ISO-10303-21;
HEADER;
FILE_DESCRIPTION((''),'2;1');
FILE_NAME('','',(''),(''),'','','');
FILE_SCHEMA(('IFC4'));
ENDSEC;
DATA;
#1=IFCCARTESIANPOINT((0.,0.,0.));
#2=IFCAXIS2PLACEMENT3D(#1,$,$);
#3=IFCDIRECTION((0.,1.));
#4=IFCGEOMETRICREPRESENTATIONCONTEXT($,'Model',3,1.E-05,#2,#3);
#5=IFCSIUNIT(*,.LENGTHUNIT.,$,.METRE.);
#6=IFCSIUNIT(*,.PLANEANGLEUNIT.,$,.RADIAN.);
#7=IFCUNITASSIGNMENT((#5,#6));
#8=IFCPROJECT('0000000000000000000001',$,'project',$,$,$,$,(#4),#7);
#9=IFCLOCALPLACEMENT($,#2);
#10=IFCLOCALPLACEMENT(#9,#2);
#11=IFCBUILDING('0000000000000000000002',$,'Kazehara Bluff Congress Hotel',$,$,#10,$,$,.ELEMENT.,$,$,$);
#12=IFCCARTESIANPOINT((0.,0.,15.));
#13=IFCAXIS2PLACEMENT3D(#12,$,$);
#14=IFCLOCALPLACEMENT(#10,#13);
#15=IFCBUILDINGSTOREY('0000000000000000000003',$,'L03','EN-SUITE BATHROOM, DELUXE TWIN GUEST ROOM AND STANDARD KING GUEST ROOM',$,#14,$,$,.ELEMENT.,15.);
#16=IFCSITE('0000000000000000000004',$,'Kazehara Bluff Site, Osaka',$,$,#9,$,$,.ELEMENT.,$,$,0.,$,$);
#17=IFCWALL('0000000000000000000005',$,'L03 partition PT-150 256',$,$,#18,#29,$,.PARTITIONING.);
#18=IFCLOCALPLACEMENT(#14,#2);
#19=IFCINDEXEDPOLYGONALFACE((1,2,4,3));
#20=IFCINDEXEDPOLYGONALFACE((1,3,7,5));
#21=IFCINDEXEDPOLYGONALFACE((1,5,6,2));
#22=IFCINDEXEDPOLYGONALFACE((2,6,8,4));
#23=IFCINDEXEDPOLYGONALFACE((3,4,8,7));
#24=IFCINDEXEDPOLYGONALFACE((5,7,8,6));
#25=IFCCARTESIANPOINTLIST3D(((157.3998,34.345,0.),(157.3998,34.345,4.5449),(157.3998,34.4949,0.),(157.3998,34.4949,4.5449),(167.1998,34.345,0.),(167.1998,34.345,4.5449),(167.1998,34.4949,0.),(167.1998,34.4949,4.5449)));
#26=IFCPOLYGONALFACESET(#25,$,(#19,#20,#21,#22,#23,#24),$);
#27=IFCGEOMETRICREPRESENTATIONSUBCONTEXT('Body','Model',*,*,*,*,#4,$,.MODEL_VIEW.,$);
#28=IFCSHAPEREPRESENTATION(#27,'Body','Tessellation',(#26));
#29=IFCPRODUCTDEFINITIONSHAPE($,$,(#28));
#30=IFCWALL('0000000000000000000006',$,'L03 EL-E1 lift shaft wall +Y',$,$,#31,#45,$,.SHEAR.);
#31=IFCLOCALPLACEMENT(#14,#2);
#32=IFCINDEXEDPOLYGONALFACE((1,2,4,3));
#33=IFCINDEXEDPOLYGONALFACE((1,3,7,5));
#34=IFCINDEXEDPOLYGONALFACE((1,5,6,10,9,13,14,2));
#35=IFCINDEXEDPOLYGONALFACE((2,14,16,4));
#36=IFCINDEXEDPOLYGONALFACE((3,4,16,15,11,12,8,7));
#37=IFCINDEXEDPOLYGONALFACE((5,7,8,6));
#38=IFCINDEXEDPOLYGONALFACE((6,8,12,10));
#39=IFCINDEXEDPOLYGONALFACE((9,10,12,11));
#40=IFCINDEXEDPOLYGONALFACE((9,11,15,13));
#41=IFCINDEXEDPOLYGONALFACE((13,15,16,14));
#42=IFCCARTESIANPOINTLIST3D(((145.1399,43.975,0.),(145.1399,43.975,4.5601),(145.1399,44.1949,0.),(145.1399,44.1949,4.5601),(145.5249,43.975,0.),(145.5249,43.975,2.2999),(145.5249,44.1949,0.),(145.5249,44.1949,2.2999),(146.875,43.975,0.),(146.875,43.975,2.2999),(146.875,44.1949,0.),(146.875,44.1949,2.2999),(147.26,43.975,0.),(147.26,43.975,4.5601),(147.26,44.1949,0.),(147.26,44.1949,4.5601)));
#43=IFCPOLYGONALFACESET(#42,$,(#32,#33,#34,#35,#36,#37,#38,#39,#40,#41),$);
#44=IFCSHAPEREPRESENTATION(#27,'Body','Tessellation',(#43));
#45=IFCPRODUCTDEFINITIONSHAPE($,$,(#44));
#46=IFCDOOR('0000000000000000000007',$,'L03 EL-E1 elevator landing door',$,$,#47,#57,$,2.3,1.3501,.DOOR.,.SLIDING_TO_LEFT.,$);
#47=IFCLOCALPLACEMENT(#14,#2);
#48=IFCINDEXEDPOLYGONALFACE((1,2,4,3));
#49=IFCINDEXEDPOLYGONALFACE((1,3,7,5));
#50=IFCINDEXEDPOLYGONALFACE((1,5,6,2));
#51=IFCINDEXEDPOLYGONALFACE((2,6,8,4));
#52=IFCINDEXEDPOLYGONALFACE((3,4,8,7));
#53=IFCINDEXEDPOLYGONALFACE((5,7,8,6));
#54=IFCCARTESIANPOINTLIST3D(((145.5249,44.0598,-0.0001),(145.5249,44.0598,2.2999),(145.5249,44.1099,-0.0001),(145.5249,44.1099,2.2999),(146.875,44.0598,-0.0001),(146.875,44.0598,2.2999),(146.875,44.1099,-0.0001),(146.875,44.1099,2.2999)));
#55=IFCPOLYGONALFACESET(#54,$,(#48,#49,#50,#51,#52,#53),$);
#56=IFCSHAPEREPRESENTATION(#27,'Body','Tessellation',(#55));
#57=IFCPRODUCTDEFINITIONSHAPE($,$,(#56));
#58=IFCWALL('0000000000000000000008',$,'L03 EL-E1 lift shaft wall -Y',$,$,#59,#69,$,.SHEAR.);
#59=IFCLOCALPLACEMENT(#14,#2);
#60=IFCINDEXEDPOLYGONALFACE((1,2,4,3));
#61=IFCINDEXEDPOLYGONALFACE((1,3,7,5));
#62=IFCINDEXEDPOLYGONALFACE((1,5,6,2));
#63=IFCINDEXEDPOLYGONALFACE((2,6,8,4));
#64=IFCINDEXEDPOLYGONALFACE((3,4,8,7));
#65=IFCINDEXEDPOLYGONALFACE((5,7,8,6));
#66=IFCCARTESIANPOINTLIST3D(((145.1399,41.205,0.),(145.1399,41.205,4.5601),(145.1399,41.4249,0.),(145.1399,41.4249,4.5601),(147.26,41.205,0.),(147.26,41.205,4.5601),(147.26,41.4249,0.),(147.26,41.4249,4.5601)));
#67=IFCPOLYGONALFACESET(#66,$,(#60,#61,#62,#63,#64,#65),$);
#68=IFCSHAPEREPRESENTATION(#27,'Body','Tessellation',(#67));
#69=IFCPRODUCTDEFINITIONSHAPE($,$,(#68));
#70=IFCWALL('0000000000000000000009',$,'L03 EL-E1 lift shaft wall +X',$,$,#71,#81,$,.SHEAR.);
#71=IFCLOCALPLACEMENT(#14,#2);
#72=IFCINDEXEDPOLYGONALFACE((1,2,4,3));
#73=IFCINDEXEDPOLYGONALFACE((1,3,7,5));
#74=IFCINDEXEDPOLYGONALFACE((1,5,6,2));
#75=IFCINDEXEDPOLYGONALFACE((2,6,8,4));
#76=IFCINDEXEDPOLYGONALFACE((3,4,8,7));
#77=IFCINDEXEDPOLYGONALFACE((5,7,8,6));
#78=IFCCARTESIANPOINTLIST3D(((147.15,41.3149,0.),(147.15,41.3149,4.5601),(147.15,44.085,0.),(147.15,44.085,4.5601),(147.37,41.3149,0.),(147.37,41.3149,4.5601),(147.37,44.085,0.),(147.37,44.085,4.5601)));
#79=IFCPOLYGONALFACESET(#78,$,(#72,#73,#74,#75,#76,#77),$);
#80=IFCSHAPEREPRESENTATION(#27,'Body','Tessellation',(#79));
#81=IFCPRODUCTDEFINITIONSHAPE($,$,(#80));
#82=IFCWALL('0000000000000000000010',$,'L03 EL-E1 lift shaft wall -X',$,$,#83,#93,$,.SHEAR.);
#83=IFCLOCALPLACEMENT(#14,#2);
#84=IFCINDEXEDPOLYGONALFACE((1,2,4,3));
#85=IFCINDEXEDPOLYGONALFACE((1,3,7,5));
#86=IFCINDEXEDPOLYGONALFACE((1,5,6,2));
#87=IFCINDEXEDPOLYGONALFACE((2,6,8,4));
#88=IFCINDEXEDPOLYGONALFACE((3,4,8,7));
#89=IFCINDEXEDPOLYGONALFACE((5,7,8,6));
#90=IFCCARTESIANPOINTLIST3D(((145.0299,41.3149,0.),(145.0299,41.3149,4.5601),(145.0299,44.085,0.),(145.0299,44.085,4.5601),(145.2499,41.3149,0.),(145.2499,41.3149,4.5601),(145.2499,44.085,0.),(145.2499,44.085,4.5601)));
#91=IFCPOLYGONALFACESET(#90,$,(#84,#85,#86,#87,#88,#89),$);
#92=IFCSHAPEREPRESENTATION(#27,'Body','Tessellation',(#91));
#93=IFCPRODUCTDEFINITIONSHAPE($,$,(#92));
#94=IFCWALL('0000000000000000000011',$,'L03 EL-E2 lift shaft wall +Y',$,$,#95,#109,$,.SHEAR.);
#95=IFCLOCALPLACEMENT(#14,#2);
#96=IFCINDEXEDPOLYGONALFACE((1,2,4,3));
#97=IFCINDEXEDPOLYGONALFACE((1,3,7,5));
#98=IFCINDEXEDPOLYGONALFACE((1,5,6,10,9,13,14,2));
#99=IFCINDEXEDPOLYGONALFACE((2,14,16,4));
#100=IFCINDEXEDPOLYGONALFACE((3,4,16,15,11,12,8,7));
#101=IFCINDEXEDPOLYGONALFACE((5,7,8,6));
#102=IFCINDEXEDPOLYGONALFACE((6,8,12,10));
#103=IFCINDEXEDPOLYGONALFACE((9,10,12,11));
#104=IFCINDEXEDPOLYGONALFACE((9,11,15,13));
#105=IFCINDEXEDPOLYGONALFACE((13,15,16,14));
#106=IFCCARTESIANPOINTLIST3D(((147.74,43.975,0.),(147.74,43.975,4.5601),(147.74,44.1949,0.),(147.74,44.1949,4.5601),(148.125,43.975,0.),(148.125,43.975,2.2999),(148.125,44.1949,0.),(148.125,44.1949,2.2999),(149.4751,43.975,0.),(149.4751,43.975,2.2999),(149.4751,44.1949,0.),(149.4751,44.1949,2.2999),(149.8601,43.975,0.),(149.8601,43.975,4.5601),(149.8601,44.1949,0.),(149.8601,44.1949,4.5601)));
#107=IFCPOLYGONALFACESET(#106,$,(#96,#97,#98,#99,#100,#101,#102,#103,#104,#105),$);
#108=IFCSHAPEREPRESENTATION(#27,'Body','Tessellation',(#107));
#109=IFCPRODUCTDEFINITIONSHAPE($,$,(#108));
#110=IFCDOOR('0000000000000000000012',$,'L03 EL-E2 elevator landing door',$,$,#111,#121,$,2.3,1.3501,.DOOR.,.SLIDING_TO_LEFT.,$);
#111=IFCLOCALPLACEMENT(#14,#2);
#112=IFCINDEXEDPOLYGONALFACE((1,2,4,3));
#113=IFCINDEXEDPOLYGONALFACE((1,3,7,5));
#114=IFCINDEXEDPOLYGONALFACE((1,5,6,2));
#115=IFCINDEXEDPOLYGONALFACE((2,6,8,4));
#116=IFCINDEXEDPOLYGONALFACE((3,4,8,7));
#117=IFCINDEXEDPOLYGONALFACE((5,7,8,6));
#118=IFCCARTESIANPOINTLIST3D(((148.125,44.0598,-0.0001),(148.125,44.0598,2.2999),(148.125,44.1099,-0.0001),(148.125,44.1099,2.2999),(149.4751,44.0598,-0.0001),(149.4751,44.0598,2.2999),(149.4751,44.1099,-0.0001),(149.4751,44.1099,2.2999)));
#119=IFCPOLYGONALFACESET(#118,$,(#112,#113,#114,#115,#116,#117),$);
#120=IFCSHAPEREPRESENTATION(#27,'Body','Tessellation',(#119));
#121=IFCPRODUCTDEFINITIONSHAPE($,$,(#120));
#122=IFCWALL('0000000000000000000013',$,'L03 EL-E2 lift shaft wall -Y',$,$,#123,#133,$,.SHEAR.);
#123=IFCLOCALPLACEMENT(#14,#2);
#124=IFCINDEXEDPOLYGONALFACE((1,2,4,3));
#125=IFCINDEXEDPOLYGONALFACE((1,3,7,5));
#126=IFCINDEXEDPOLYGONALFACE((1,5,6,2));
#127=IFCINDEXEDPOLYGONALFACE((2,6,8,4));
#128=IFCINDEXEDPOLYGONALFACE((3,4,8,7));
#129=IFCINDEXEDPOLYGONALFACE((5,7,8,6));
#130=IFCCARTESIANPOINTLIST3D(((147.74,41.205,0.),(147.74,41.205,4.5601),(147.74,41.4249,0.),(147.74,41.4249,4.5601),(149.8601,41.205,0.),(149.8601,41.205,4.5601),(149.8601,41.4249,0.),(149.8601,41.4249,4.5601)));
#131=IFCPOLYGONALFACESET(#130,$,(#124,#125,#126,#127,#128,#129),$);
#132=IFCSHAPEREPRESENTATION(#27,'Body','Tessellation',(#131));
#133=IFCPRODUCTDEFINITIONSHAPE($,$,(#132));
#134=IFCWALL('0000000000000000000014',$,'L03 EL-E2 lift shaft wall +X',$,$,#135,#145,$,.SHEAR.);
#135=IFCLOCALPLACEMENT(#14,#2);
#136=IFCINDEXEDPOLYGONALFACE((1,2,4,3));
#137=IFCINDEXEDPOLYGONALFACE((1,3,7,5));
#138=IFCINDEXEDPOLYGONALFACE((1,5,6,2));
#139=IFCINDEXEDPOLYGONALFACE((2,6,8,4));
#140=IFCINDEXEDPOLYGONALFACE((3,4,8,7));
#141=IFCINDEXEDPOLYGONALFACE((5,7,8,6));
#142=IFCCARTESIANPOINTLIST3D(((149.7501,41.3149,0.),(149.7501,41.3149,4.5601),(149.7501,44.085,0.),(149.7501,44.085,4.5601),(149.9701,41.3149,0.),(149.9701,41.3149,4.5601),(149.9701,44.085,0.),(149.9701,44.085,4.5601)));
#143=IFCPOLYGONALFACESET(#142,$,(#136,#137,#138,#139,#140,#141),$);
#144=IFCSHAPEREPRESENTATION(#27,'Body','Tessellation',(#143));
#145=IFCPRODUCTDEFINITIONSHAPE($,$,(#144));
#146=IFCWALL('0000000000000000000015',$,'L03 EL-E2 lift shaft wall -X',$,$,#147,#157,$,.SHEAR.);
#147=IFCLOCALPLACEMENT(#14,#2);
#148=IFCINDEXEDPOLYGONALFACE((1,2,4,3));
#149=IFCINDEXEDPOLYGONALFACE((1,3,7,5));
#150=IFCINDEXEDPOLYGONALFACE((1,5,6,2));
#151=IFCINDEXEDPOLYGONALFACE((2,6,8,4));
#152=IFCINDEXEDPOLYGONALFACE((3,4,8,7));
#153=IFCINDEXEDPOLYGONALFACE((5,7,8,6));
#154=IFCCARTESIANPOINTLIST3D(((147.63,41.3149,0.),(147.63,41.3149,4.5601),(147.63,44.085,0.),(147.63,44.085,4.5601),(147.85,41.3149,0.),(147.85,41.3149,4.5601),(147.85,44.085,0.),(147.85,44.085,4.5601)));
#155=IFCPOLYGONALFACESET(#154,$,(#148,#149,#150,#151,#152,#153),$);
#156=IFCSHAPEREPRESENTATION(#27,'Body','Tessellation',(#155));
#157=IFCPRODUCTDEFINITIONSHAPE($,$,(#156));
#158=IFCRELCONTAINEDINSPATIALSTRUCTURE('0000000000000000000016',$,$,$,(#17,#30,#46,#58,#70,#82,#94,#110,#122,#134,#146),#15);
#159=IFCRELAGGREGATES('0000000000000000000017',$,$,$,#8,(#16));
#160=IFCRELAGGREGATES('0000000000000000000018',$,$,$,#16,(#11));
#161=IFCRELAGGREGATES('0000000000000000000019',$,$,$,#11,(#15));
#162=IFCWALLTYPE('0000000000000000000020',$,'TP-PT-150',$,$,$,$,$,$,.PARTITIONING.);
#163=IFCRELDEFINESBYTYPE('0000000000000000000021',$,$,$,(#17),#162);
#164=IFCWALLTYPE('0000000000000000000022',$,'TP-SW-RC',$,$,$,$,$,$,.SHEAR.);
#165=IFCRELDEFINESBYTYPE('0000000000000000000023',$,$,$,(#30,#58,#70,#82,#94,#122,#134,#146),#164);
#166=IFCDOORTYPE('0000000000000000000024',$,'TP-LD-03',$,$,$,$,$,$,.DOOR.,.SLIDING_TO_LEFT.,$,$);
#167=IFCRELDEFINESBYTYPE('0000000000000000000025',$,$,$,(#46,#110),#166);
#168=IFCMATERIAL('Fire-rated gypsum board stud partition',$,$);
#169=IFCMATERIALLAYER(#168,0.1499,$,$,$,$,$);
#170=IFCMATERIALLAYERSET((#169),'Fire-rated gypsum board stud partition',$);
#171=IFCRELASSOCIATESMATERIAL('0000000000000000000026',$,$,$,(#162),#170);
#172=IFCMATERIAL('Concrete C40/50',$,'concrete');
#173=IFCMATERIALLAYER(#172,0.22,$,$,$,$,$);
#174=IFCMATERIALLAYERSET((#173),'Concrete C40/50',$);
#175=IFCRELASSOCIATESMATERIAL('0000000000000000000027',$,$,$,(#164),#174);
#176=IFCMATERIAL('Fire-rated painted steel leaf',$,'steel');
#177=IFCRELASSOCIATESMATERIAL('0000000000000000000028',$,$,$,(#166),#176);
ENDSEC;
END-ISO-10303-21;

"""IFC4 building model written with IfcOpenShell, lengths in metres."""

from ifc_helpers import new_model, si_unit, direction, frame, frame_2d, origin, place, context, subcontext, project, spatial, rectangle, extrude, material, layer, layer_set, type_object, element, fill, save


model = new_model("IFC4")

# Units and contexts
model_context = context("Model", 3, precision=1e-05, world=origin(), true_north=direction((0.0, 1.0)))
body_context = subcontext(model_context, "Body", "Model", "MODEL_VIEW")
ifc_project = project(units=[si_unit("LENGTHUNIT", "METRE"), si_unit("PLANEANGLEUNIT", "RADIAN")], contexts=[model_context])

# Site, building, storey
site_placement = place(None, origin())
site = spatial("IfcSite", under=ifc_project, at=site_placement, Name="Kazehara Bluff Site, Osaka", CompositionType="ELEMENT", RefElevation=0.0)
building_placement = place(site_placement, origin())
building = spatial("IfcBuilding", under=site, at=building_placement, Name="Kazehara Bluff Congress Hotel", CompositionType="ELEMENT")
storey_placement = place(building_placement, frame((0.0, 0.0, 15.0)))
storey = spatial("IfcBuildingStorey", under=building, at=storey_placement, Name="L03", Description="EN-SUITE BATHROOM, DELUXE TWIN GUEST ROOM AND STANDARD KING GUEST ROOM", CompositionType="ELEMENT", Elevation=15.0)

# Shared definitions
ifc_material_1 = material(Name="Fire-rated gypsum board stud partition")
ifc_layer_1 = layer(ifc_material_1, 0.1499)
ifc_layer_set_1 = layer_set([ifc_layer_1], Name="Fire-rated gypsum board stud partition")
wall_type_1 = type_object("IfcWallType", Name="TP-PT-150", PredefinedType="PARTITIONING", material=ifc_layer_set_1)

# Wall
wall_1_placement = place(storey_placement, frame((157.3999, 34.4199, 0.0), z_axis=(0.0, 0.0, 1.0), x_axis=(1.0, 0.0, 0.0)))
element("IfcWall", 1, at=wall_1_placement, inside=storey, type_object=wall_type_1, Name="L03 partition PT-150 256", PredefinedType="PARTITIONING", context=body_context, shape_type="SweptSolid", body=[
    extrude(rectangle(XDim=9.8, YDim=0.1499, at=frame_2d((4.8999, 0.0))), origin(), (0.0, 0.0, 1.0), 4.5449),
])

# Wall, opening, door
ifc_material_2 = material(Name="Concrete C40/50", Category="concrete")
ifc_layer_2 = layer(ifc_material_2, 0.22)
ifc_layer_set_2 = layer_set([ifc_layer_2], Name="Concrete C40/50")
wall_type_2 = type_object("IfcWallType", Name="TP-SW-RC", PredefinedType="SHEAR", material=ifc_layer_set_2)
wall_2_placement = place(storey_placement, frame((145.1399, 44.085, 0.0), z_axis=(0.0, 0.0, 1.0), x_axis=(1.0, 0.0, 0.0)))
wall_2 = element("IfcWall", 2, at=wall_2_placement, inside=storey, type_object=wall_type_2, Name="L03 EL-E1 lift shaft wall +Y", PredefinedType="SHEAR", context=body_context, shape_type="SweptSolid", body=[
    extrude(rectangle(XDim=2.1201, YDim=0.22, at=frame_2d((1.0601, 0.0))), origin(), (0.0, 0.0, 1.0), 4.5601),
])
opening_1_placement = place(wall_2_placement, frame((0.385, 0.0, 0.0)))
opening_1 = element("IfcOpeningElement", 3, at=opening_1_placement, cuts=wall_2, PredefinedType="OPENING", context=body_context, shape_type="SweptSolid", body=[
    extrude(rectangle(XDim=1.3501, YDim=2.3, at=frame_2d((0.675, 1.1499))), frame((0.0, 0.1199, 0.0), z_axis=(0.0, -1.0, 0.0), x_axis=(1.0, 0.0, 0.0)), (0.0, 0.0, 1.0), 0.24),
])
ifc_material_3 = material(Name="Fire-rated painted steel leaf", Category="steel")
door_type_1 = type_object("IfcDoorType", Name="TP-LD-03", OperationType="SLIDING_TO_LEFT", PredefinedType="DOOR", material=ifc_material_3)
door_1_placement = place(opening_1_placement, origin())
door_1 = element("IfcDoor", 4, at=door_1_placement, inside=storey, type_object=door_type_1, Name="L03 EL-E1 elevator landing door", OperationType="SLIDING_TO_LEFT", OverallHeight=2.3, OverallWidth=1.3501, PredefinedType="DOOR", context=body_context, shape_type="SweptSolid", body=[
    extrude(rectangle(XDim=1.3501, YDim=2.3, at=frame_2d((0.675, 1.1499))), frame((0.0, 0.0249, 0.0), z_axis=(0.0, -1.0, 0.0), x_axis=(1.0, 0.0, 0.0)), (0.0, 0.0, 1.0), 0.05),
])
fill(opening_1, door_1)

# Walls
wall_3_placement = place(storey_placement, frame((145.1399, 41.3149, 0.0), z_axis=(0.0, 0.0, 1.0), x_axis=(1.0, 0.0, 0.0)))
element("IfcWall", 5, at=wall_3_placement, inside=storey, type_object=wall_type_2, Name="L03 EL-E1 lift shaft wall -Y", PredefinedType="SHEAR", context=body_context, shape_type="SweptSolid", body=[
    extrude(rectangle(XDim=2.1201, YDim=0.22, at=frame_2d((1.0601, 0.0))), origin(), (0.0, 0.0, 1.0), 4.5601),
])
for number, where, z_axis, x_axis, name in (
    (6, (147.26, 41.3149, 0.0), (0.0, 0.0, 1.0), (0.0, 1.0, 0.0), "L03 EL-E1 lift shaft wall +X"),
    (7, (145.1399, 41.3149, 0.0), (0.0, 0.0, 1.0), (0.0, 1.0, 0.0), "L03 EL-E1 lift shaft wall -X"),
):
    element("IfcWall", number, at=place(storey_placement, frame(where, z_axis=z_axis, x_axis=x_axis)), inside=storey, type_object=wall_type_2, Name=name, PredefinedType="SHEAR", context=body_context, shape_type="SweptSolid", body=[
        extrude(rectangle(XDim=2.77, YDim=0.22, at=frame_2d((1.385, 0.0))), origin(), (0.0, 0.0, 1.0), 4.5601),
    ])

# Wall, opening, door
wall_4_placement = place(storey_placement, frame((147.74, 44.085, 0.0), z_axis=(0.0, 0.0, 1.0), x_axis=(1.0, 0.0, 0.0)))
wall_4 = element("IfcWall", 8, at=wall_4_placement, inside=storey, type_object=wall_type_2, Name="L03 EL-E2 lift shaft wall +Y", PredefinedType="SHEAR", context=body_context, shape_type="SweptSolid", body=[
    extrude(rectangle(XDim=2.1201, YDim=0.22, at=frame_2d((1.0601, 0.0))), origin(), (0.0, 0.0, 1.0), 4.5601),
])
opening_2_placement = place(wall_4_placement, frame((0.385, 0.0, 0.0)))
opening_2 = element("IfcOpeningElement", 9, at=opening_2_placement, cuts=wall_4, PredefinedType="OPENING", context=body_context, shape_type="SweptSolid", body=[
    extrude(rectangle(XDim=1.3501, YDim=2.3, at=frame_2d((0.675, 1.1499))), frame((0.0, 0.1199, 0.0), z_axis=(0.0, -1.0, 0.0), x_axis=(1.0, 0.0, 0.0)), (0.0, 0.0, 1.0), 0.24),
])
door_2_placement = place(opening_2_placement, origin())
door_2 = element("IfcDoor", 10, at=door_2_placement, inside=storey, type_object=door_type_1, Name="L03 EL-E2 elevator landing door", OperationType="SLIDING_TO_LEFT", OverallHeight=2.3, OverallWidth=1.3501, PredefinedType="DOOR", context=body_context, shape_type="SweptSolid", body=[
    extrude(rectangle(XDim=1.3501, YDim=2.3, at=frame_2d((0.675, 1.1499))), frame((0.0, 0.0249, 0.0), z_axis=(0.0, -1.0, 0.0), x_axis=(1.0, 0.0, 0.0)), (0.0, 0.0, 1.0), 0.05),
])
fill(opening_2, door_2)

# Walls
wall_5_placement = place(storey_placement, frame((147.74, 41.3149, 0.0), z_axis=(0.0, 0.0, 1.0), x_axis=(1.0, 0.0, 0.0)))
element("IfcWall", 11, at=wall_5_placement, inside=storey, type_object=wall_type_2, Name="L03 EL-E2 lift shaft wall -Y", PredefinedType="SHEAR", context=body_context, shape_type="SweptSolid", body=[
    extrude(rectangle(XDim=2.1201, YDim=0.22, at=frame_2d((1.0601, 0.0))), origin(), (0.0, 0.0, 1.0), 4.5601),
])
for number, where, z_axis, x_axis, name in (
    (12, (149.8601, 41.3149, 0.0), (0.0, 0.0, 1.0), (0.0, 1.0, 0.0), "L03 EL-E2 lift shaft wall +X"),
    (13, (147.74, 41.3149, 0.0), (0.0, 0.0, 1.0), (0.0, 1.0, 0.0), "L03 EL-E2 lift shaft wall -X"),
):
    element("IfcWall", number, at=place(storey_placement, frame(where, z_axis=z_axis, x_axis=x_axis)), inside=storey, type_object=wall_type_2, Name=name, PredefinedType="SHEAR", context=body_context, shape_type="SweptSolid", body=[
        extrude(rectangle(XDim=2.77, YDim=0.22, at=frame_2d((1.385, 0.0))), origin(), (0.0, 0.0, 1.0), 4.5601),
    ])

save(model, "model.ifc")
